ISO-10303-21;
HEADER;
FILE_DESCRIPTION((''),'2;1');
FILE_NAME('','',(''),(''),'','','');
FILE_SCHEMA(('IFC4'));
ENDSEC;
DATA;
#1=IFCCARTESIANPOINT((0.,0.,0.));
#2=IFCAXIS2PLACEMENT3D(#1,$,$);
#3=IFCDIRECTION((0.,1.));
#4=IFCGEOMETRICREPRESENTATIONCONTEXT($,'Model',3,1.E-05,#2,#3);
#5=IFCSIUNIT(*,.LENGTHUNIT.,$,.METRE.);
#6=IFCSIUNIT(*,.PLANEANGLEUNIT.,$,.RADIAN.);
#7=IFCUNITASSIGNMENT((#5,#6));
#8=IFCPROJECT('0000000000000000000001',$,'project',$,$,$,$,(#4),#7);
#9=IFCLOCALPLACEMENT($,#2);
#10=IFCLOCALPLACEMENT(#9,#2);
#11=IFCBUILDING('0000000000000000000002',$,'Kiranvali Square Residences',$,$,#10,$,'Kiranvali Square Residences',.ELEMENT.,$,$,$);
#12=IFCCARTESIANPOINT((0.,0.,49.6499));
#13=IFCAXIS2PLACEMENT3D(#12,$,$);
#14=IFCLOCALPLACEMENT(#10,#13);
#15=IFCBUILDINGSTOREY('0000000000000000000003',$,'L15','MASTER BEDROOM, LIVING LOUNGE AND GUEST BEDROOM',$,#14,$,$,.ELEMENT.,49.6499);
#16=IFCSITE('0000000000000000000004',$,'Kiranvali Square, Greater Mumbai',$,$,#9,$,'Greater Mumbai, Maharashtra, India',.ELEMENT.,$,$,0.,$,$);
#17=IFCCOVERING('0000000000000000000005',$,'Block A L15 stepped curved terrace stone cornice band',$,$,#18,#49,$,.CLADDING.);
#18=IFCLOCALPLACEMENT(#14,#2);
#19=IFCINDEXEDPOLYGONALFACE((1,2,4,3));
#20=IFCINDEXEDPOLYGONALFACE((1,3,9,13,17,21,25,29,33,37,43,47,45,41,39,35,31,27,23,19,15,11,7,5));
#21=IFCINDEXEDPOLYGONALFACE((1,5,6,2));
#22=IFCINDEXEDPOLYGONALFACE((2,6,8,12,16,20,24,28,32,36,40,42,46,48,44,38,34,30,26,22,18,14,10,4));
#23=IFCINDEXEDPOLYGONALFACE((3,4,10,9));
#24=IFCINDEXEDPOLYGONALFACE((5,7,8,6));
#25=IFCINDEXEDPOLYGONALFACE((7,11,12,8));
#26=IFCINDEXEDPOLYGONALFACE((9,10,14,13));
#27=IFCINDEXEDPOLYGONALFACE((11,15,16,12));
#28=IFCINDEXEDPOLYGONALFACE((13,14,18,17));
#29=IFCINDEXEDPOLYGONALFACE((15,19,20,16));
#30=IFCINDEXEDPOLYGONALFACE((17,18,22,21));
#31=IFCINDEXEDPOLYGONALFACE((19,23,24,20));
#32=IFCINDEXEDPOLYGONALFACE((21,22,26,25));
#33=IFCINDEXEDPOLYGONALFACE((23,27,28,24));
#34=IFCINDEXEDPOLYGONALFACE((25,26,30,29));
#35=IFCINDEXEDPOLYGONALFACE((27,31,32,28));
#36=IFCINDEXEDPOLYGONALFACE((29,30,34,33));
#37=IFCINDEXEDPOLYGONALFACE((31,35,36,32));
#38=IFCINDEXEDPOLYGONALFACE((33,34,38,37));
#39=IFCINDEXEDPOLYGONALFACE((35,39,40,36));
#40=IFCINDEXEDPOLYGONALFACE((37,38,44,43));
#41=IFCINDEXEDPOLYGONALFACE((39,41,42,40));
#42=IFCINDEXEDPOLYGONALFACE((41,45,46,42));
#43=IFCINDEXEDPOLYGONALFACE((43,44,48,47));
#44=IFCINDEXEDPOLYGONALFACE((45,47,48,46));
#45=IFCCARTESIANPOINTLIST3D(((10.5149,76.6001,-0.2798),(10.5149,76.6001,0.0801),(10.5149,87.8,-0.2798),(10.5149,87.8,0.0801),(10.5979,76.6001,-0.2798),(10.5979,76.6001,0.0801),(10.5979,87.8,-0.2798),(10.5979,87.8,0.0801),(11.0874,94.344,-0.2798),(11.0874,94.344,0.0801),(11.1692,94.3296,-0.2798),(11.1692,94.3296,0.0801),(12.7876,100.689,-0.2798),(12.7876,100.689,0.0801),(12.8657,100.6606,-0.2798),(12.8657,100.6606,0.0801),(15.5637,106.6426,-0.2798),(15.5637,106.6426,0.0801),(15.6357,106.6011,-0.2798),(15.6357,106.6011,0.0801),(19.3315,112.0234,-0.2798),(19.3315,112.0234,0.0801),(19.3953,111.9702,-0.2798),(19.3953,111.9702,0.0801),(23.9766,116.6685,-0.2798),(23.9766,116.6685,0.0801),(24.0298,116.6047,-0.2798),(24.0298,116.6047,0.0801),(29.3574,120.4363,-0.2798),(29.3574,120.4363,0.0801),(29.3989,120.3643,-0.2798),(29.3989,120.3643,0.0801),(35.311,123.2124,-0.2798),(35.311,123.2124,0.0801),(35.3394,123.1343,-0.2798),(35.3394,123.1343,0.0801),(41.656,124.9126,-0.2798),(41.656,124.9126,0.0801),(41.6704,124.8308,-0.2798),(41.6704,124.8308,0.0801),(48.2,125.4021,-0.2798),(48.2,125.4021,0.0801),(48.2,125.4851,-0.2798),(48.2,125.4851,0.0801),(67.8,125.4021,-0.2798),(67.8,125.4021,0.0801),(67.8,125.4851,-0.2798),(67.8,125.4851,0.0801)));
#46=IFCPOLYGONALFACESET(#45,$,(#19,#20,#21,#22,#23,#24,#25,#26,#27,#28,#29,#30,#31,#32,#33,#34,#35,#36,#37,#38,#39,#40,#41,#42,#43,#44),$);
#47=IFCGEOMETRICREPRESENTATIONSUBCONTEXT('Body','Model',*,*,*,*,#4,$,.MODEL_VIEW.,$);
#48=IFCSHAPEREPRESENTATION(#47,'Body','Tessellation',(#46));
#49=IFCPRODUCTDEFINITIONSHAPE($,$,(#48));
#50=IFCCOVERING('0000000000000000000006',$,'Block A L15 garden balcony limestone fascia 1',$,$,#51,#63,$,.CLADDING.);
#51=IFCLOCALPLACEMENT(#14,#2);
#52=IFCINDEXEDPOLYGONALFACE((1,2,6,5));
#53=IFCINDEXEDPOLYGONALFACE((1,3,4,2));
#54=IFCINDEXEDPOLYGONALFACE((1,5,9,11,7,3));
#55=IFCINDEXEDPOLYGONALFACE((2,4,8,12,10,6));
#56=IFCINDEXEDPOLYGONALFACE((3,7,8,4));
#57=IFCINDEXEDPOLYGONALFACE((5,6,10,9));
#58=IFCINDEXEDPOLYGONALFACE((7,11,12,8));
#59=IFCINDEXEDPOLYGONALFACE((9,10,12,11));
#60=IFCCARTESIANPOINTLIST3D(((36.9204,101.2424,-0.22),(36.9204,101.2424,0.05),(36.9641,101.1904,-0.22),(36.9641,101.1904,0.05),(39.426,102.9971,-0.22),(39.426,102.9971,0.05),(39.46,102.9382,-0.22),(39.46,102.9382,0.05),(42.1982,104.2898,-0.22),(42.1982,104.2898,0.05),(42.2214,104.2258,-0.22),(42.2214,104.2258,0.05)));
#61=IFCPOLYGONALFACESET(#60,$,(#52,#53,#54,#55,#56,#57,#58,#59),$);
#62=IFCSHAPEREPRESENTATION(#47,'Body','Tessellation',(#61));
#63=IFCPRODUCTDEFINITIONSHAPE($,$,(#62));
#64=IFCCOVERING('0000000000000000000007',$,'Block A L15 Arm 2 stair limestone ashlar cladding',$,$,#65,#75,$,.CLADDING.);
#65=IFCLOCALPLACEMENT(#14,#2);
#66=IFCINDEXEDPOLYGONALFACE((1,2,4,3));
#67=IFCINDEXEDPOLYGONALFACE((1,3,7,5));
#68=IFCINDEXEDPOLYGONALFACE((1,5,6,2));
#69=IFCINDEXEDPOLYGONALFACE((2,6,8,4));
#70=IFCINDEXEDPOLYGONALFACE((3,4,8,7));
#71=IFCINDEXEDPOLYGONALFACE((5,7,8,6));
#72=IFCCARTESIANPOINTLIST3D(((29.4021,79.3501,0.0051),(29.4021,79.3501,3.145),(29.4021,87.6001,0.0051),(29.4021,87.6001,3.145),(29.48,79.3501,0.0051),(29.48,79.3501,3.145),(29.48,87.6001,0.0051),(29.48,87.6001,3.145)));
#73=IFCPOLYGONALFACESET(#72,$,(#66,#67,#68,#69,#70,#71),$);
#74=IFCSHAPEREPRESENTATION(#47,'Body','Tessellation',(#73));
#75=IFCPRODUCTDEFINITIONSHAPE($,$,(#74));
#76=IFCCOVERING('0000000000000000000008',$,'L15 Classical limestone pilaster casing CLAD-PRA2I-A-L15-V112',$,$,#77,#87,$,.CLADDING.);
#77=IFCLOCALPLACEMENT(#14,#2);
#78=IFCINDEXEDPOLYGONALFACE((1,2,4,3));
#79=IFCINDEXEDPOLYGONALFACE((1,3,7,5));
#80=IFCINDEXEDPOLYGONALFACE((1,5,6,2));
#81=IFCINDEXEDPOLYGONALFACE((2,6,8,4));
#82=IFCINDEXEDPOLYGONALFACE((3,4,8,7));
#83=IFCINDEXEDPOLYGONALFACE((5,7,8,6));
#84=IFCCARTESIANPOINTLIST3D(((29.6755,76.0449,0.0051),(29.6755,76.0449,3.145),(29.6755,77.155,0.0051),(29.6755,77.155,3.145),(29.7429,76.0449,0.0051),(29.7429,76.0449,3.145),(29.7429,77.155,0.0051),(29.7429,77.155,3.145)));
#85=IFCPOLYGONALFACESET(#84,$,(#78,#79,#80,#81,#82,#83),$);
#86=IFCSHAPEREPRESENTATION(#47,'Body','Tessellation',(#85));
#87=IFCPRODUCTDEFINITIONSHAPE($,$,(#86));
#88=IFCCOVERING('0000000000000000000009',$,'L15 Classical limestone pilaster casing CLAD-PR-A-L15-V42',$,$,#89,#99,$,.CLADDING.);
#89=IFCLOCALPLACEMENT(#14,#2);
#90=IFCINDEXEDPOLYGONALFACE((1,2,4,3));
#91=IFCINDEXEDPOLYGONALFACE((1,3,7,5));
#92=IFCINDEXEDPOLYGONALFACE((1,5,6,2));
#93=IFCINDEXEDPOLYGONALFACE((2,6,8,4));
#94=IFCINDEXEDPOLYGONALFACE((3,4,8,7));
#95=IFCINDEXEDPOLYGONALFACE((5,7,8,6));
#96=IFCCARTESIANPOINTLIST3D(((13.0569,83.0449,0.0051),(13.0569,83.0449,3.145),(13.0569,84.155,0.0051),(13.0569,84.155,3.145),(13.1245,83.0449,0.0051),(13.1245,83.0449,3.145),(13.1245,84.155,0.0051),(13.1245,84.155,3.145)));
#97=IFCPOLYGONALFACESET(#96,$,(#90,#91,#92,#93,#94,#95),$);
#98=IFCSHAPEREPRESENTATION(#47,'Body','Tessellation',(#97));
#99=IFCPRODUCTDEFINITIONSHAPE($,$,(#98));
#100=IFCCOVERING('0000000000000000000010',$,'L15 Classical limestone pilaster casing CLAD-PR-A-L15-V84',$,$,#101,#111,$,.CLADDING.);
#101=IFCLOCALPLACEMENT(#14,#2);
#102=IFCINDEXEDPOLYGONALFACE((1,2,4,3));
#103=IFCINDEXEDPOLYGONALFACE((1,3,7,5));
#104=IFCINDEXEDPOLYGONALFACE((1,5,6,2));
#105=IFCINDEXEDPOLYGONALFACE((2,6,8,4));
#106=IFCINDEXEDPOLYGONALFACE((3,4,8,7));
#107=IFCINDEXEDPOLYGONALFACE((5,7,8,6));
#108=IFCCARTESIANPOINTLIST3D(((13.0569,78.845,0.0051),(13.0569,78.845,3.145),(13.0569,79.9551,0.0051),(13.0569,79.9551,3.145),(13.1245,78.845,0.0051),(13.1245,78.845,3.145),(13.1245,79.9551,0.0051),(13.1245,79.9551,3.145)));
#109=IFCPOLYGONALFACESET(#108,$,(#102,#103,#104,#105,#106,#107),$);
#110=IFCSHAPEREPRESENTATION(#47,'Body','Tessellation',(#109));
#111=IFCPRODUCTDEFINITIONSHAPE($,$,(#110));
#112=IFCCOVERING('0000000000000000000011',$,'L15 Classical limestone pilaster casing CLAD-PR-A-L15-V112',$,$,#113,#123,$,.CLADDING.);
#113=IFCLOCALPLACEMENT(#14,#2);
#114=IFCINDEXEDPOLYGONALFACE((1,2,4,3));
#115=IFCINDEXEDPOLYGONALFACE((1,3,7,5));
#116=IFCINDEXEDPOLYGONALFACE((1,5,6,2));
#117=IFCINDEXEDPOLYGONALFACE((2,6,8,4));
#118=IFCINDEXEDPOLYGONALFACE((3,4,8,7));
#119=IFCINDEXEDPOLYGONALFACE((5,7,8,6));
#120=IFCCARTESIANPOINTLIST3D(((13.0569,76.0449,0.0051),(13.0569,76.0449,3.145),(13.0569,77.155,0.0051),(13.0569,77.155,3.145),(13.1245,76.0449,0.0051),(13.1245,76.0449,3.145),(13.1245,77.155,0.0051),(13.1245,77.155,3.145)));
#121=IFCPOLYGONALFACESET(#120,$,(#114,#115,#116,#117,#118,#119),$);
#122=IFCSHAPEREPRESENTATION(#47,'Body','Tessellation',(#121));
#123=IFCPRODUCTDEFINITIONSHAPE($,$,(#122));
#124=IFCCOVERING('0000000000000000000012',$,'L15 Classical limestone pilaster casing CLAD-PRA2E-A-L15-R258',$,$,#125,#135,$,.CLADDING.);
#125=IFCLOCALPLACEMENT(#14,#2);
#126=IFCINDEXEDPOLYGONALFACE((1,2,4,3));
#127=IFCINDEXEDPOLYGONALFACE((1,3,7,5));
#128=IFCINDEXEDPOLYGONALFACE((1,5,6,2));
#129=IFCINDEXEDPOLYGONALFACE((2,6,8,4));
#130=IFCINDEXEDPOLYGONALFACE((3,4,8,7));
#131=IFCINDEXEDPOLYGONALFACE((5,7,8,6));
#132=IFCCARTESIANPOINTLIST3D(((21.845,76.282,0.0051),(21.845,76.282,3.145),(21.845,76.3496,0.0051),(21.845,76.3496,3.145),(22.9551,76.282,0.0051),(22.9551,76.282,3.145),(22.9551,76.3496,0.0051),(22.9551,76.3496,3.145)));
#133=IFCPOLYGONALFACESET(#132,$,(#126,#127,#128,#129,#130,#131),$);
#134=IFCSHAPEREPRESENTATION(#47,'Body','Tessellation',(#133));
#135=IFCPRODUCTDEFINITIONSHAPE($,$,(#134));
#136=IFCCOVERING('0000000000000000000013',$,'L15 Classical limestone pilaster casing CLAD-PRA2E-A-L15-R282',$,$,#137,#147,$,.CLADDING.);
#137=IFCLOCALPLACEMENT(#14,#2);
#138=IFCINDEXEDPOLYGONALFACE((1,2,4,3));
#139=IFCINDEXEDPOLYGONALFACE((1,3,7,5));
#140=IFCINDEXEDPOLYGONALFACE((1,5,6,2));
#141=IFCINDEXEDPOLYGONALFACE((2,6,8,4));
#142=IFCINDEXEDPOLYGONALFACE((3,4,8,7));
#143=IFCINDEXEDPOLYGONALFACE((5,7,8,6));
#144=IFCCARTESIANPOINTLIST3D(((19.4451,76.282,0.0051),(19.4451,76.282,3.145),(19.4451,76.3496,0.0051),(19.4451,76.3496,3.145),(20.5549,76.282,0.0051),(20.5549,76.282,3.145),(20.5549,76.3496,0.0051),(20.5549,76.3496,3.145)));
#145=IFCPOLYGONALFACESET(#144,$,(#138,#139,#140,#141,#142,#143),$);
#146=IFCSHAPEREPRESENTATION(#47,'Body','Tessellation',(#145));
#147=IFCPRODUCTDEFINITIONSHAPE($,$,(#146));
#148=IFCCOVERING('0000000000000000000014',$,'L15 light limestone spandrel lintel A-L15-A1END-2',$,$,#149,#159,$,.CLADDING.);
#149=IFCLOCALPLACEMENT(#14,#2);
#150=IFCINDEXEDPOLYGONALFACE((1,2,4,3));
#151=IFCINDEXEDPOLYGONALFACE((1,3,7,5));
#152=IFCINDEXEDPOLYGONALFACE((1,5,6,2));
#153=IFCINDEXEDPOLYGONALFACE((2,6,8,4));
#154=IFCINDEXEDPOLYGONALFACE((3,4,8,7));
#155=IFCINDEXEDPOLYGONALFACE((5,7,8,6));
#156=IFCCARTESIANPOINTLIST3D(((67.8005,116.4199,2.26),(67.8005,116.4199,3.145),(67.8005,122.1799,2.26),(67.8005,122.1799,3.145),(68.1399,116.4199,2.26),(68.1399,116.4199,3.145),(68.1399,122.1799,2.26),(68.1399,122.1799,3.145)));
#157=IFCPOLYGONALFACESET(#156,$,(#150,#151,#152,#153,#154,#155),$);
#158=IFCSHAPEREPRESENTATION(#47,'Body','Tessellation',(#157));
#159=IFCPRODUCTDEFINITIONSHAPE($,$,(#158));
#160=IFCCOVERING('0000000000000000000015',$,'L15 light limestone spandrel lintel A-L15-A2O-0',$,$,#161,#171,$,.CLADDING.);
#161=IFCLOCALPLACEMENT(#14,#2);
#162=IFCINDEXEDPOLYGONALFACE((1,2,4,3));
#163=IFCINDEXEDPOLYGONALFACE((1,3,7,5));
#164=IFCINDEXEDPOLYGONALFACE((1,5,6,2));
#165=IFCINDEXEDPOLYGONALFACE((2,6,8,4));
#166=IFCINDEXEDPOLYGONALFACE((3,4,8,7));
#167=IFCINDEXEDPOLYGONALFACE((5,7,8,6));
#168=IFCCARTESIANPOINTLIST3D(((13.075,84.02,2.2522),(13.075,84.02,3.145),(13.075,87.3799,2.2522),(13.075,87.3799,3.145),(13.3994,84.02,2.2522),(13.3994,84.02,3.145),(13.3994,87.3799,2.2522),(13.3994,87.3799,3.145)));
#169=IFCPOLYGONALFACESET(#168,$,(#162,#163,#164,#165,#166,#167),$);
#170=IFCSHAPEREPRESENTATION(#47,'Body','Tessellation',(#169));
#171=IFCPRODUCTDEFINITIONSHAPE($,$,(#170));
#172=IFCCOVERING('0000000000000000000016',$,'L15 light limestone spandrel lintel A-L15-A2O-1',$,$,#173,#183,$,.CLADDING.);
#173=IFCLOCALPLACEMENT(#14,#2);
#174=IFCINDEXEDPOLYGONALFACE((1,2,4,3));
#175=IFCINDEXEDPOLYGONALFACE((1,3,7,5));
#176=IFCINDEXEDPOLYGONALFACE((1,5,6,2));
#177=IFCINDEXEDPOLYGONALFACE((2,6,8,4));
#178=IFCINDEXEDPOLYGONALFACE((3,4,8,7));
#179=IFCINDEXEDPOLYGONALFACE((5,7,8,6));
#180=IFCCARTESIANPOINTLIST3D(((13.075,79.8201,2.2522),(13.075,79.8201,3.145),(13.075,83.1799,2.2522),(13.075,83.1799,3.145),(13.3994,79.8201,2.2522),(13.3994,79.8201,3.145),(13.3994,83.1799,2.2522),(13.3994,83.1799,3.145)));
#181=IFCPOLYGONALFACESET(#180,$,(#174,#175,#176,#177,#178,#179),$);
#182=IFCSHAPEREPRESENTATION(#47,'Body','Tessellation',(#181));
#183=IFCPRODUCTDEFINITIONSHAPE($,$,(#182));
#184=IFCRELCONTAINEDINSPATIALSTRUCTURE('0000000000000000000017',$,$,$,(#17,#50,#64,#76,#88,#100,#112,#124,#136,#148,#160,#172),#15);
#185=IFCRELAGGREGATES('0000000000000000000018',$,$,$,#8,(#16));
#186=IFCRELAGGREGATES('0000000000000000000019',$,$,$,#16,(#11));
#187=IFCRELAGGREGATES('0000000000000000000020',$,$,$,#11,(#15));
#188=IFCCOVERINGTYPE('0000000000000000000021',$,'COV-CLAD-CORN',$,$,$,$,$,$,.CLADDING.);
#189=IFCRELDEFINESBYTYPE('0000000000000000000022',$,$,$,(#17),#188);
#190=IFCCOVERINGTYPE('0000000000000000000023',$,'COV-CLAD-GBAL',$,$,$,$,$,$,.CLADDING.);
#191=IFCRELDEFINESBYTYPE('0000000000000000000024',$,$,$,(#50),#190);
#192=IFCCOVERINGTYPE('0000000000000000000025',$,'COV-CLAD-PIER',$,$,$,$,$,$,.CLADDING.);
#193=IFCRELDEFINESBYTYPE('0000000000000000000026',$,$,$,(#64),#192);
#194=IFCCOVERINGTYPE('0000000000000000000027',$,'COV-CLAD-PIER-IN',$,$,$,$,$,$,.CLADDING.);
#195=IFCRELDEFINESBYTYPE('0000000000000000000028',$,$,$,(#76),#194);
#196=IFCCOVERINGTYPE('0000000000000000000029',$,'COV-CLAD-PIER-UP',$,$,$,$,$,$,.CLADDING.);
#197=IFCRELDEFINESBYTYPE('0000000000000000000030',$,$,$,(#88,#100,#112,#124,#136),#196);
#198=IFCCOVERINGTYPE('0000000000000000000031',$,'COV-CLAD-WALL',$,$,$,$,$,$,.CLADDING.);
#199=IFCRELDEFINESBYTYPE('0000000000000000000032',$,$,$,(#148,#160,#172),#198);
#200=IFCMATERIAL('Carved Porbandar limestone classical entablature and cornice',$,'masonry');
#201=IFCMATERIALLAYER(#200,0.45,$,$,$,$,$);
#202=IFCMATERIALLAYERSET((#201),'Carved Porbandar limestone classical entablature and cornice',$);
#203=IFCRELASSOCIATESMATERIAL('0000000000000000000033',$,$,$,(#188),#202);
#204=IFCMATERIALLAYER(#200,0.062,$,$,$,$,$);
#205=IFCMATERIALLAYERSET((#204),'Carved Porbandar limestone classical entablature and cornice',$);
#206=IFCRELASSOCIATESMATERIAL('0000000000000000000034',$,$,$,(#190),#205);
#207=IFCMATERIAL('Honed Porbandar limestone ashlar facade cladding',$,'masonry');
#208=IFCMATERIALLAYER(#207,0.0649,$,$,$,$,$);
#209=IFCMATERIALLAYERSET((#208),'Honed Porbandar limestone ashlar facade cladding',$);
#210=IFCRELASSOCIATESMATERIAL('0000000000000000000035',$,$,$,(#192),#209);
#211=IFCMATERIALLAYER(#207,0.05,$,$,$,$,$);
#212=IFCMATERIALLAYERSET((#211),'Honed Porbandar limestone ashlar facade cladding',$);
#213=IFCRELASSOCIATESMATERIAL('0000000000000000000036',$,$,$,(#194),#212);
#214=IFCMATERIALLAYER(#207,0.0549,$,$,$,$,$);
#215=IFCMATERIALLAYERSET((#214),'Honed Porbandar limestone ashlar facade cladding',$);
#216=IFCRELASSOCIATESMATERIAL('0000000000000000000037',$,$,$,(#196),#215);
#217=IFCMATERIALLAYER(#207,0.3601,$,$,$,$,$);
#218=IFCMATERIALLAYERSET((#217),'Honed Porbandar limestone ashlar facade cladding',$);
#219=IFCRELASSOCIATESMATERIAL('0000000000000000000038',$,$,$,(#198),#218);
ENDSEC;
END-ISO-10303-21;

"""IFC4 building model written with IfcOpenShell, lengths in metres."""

from ifc_helpers import new_model, si_unit, direction, frame, origin, place, context, subcontext, project, spatial, polyline, outline, extrude, material, layer, layer_set, type_object, element, save


model = new_model("IFC4")

# Units and contexts
model_context = context("Model", 3, precision=1e-05, world=origin(), true_north=direction((0.0, 1.0)))
body_context = subcontext(model_context, "Body", "Model", "MODEL_VIEW")
ifc_project = project(units=[si_unit("LENGTHUNIT", "METRE"), si_unit("PLANEANGLEUNIT", "RADIAN")], contexts=[model_context])

# Site, building, storey
site_placement = place(None, origin())
site = spatial("IfcSite", under=ifc_project, at=site_placement, Name="Kiranvali Square, Greater Mumbai", LongName="Greater Mumbai, Maharashtra, India", CompositionType="ELEMENT", RefElevation=0.0)
building_placement = place(site_placement, origin())
building = spatial("IfcBuilding", under=site, at=building_placement, Name="Kiranvali Square Residences", LongName="Kiranvali Square Residences", CompositionType="ELEMENT")
storey_placement = place(building_placement, frame((0.0, 0.0, 49.6499)))
storey = spatial("IfcBuildingStorey", under=building, at=storey_placement, Name="L15", Description="MASTER BEDROOM, LIVING LOUNGE AND GUEST BEDROOM", CompositionType="ELEMENT", Elevation=49.6499)

# Coverings
ifc_material_1 = material(Name="Carved Porbandar limestone classical entablature and cornice", Category="masonry")
ifc_layer_1 = layer(ifc_material_1, 0.45)
ifc_layer_set_1 = layer_set([ifc_layer_1], Name="Carved Porbandar limestone classical entablature and cornice")
covering_type_1 = type_object("IfcCoveringType", Name="COV-CLAD-CORN", PredefinedType="CLADDING", material=ifc_layer_set_1)
covering_1_placement = place(storey_placement, frame((0.0, 0.0, -0.2798)))
element("IfcCovering", 1, at=covering_1_placement, inside=storey, type_object=covering_type_1, Name="Block A L15 stepped curved terrace stone cornice band", PredefinedType="CLADDING", context=body_context, shape_type="SweptSolid", body=[
    extrude(outline(polyline([(67.8, 125.4851), (48.2, 125.4851), (41.656, 124.9126), (35.311, 123.2124), (29.3574, 120.4363), (23.9766, 116.6685), (19.3315, 112.0234), (15.5637, 106.6426), (12.7876, 100.689), (11.0874, 94.344), (10.5149, 87.8), (10.5149, 76.6001), (10.5979, 76.6001), (10.5979, 87.8), (11.1692, 94.3296), (12.8657, 100.6606), (15.6357, 106.6011), (19.3953, 111.9702), (24.0298, 116.6047), (29.3989, 120.3643), (35.3394, 123.1343), (41.6704, 124.8308), (48.2, 125.4021), (67.8, 125.4021), (67.8, 125.4851)])), origin(), (0.0, 0.0, 1.0), 0.3599),
])
ifc_layer_2 = layer(ifc_material_1, 0.062)
ifc_layer_set_2 = layer_set([ifc_layer_2], Name="Carved Porbandar limestone classical entablature and cornice")
covering_type_2 = type_object("IfcCoveringType", Name="COV-CLAD-GBAL", PredefinedType="CLADDING", material=ifc_layer_set_2)
covering_2_placement = place(storey_placement, frame((0.0, 0.0, -0.22)))
element("IfcCovering", 2, at=covering_2_placement, inside=storey, type_object=covering_type_2, Name="Block A L15 garden balcony limestone fascia 1", PredefinedType="CLADDING", context=body_context, shape_type="SweptSolid", body=[
    extrude(outline(polyline([(42.1982, 104.2898), (39.426, 102.9971), (36.9204, 101.2424), (36.9641, 101.1904), (39.46, 102.9382), (42.2214, 104.2258), (42.1982, 104.2898)])), origin(), (0.0, 0.0, 1.0), 0.27),
])
ifc_material_2 = material(Name="Honed Porbandar limestone ashlar facade cladding", Category="masonry")
ifc_layer_3 = layer(ifc_material_2, 0.0649)
ifc_layer_set_3 = layer_set([ifc_layer_3], Name="Honed Porbandar limestone ashlar facade cladding")
covering_type_3 = type_object("IfcCoveringType", Name="COV-CLAD-PIER", PredefinedType="CLADDING", material=ifc_layer_set_3)
covering_3_placement = place(storey_placement, frame((0.0, 0.0, 0.0051)))
element("IfcCovering", 3, at=covering_3_placement, inside=storey, type_object=covering_type_3, Name="Block A L15 Arm 2 stair limestone ashlar cladding", PredefinedType="CLADDING", context=body_context, shape_type="SweptSolid", body=[
    extrude(outline(polyline([(29.4021, 87.6001), (29.4021, 79.3501), (29.48, 79.3501), (29.48, 87.6001), (29.4021, 87.6001)])), origin(), (0.0, 0.0, 1.0), 3.1399),
])
ifc_layer_4 = layer(ifc_material_2, 0.05)
ifc_layer_set_4 = layer_set([ifc_layer_4], Name="Honed Porbandar limestone ashlar facade cladding")
covering_type_4 = type_object("IfcCoveringType", Name="COV-CLAD-PIER-IN", PredefinedType="CLADDING", material=ifc_layer_set_4)
covering_4_placement = place(storey_placement, frame((0.0, 0.0, 0.0051)))
element("IfcCovering", 4, at=covering_4_placement, inside=storey, type_object=covering_type_4, Name="L15 Classical limestone pilaster casing CLAD-PRA2I-A-L15-V112", PredefinedType="CLADDING", context=body_context, shape_type="SweptSolid", body=[
    extrude(outline(polyline([(29.6755, 77.155), (29.6755, 76.0449), (29.7429, 76.0449), (29.7429, 77.155), (29.6755, 77.155)])), origin(), (0.0, 0.0, 1.0), 3.1399),
])
ifc_layer_5 = layer(ifc_material_2, 0.0549)
ifc_layer_set_5 = layer_set([ifc_layer_5], Name="Honed Porbandar limestone ashlar facade cladding")
covering_type_5 = type_object("IfcCoveringType", Name="COV-CLAD-PIER-UP", PredefinedType="CLADDING", material=ifc_layer_set_5)
covering_5_placement = place(storey_placement, frame((0.0, 0.0, 0.0051)))
element("IfcCovering", 5, at=covering_5_placement, inside=storey, type_object=covering_type_5, Name="L15 Classical limestone pilaster casing CLAD-PR-A-L15-V42", PredefinedType="CLADDING", context=body_context, shape_type="SweptSolid", body=[
    extrude(outline(polyline([(13.0569, 84.155), (13.0569, 83.0449), (13.1245, 83.0449), (13.1245, 84.155), (13.0569, 84.155)])), origin(), (0.0, 0.0, 1.0), 3.1399),
])
covering_6_placement = place(storey_placement, frame((0.0, 0.0, 0.0051)))
element("IfcCovering", 6, at=covering_6_placement, inside=storey, type_object=covering_type_5, Name="L15 Classical limestone pilaster casing CLAD-PR-A-L15-V84", PredefinedType="CLADDING", context=body_context, shape_type="SweptSolid", body=[
    extrude(outline(polyline([(13.0569, 79.9551), (13.0569, 78.845), (13.1245, 78.845), (13.1245, 79.9551), (13.0569, 79.9551)])), origin(), (0.0, 0.0, 1.0), 3.1399),
])
covering_7_placement = place(storey_placement, frame((0.0, 0.0, 0.0051)))
element("IfcCovering", 7, at=covering_7_placement, inside=storey, type_object=covering_type_5, Name="L15 Classical limestone pilaster casing CLAD-PR-A-L15-V112", PredefinedType="CLADDING", context=body_context, shape_type="SweptSolid", body=[
    extrude(outline(polyline([(13.0569, 77.155), (13.0569, 76.0449), (13.1245, 76.0449), (13.1245, 77.155), (13.0569, 77.155)])), origin(), (0.0, 0.0, 1.0), 3.1399),
])
covering_8_placement = place(storey_placement, frame((0.0, 0.0, 0.0051)))
element("IfcCovering", 8, at=covering_8_placement, inside=storey, type_object=covering_type_5, Name="L15 Classical limestone pilaster casing CLAD-PRA2E-A-L15-R258", PredefinedType="CLADDING", context=body_context, shape_type="SweptSolid", body=[
    extrude(outline(polyline([(22.9551, 76.3496), (21.845, 76.3496), (21.845, 76.282), (22.9551, 76.282), (22.9551, 76.3496)])), origin(), (0.0, 0.0, 1.0), 3.1399),
])
covering_9_placement = place(storey_placement, frame((0.0, 0.0, 0.0051)))
element("IfcCovering", 9, at=covering_9_placement, inside=storey, type_object=covering_type_5, Name="L15 Classical limestone pilaster casing CLAD-PRA2E-A-L15-R282", PredefinedType="CLADDING", context=body_context, shape_type="SweptSolid", body=[
    extrude(outline(polyline([(20.5549, 76.3496), (19.4451, 76.3496), (19.4451, 76.282), (20.5549, 76.282), (20.5549, 76.3496)])), origin(), (0.0, 0.0, 1.0), 3.1399),
])
ifc_layer_6 = layer(ifc_material_2, 0.3601)
ifc_layer_set_6 = layer_set([ifc_layer_6], Name="Honed Porbandar limestone ashlar facade cladding")
covering_type_6 = type_object("IfcCoveringType", Name="COV-CLAD-WALL", PredefinedType="CLADDING", material=ifc_layer_set_6)
covering_10_placement = place(storey_placement, frame((0.0, 0.0, 2.26)))
element("IfcCovering", 10, at=covering_10_placement, inside=storey, type_object=covering_type_6, Name="L15 light limestone spandrel lintel A-L15-A1END-2", PredefinedType="CLADDING", context=body_context, shape_type="SweptSolid", body=[
    extrude(outline(polyline([(68.1399, 116.4199), (68.1399, 122.1799), (67.8005, 122.1799), (67.8005, 116.4199), (68.1399, 116.4199)])), origin(), (0.0, 0.0, 1.0), 0.885),
])
covering_11_placement = place(storey_placement, frame((0.0, 0.0, 2.2522)))
element("IfcCovering", 11, at=covering_11_placement, inside=storey, type_object=covering_type_6, Name="L15 light limestone spandrel lintel A-L15-A2O-0", PredefinedType="CLADDING", context=body_context, shape_type="SweptSolid", body=[
    extrude(outline(polyline([(13.075, 87.3799), (13.075, 84.02), (13.3994, 84.02), (13.3994, 87.3799), (13.075, 87.3799)])), origin(), (0.0, 0.0, 1.0), 0.8928),
])
covering_12_placement = place(storey_placement, frame((0.0, 0.0, 2.2522)))
element("IfcCovering", 12, at=covering_12_placement, inside=storey, type_object=covering_type_6, Name="L15 light limestone spandrel lintel A-L15-A2O-1", PredefinedType="CLADDING", context=body_context, shape_type="SweptSolid", body=[
    extrude(outline(polyline([(13.075, 83.1799), (13.075, 79.8201), (13.3994, 79.8201), (13.3994, 83.1799), (13.075, 83.1799)])), origin(), (0.0, 0.0, 1.0), 0.8928),
])

save(model, "model.ifc")
